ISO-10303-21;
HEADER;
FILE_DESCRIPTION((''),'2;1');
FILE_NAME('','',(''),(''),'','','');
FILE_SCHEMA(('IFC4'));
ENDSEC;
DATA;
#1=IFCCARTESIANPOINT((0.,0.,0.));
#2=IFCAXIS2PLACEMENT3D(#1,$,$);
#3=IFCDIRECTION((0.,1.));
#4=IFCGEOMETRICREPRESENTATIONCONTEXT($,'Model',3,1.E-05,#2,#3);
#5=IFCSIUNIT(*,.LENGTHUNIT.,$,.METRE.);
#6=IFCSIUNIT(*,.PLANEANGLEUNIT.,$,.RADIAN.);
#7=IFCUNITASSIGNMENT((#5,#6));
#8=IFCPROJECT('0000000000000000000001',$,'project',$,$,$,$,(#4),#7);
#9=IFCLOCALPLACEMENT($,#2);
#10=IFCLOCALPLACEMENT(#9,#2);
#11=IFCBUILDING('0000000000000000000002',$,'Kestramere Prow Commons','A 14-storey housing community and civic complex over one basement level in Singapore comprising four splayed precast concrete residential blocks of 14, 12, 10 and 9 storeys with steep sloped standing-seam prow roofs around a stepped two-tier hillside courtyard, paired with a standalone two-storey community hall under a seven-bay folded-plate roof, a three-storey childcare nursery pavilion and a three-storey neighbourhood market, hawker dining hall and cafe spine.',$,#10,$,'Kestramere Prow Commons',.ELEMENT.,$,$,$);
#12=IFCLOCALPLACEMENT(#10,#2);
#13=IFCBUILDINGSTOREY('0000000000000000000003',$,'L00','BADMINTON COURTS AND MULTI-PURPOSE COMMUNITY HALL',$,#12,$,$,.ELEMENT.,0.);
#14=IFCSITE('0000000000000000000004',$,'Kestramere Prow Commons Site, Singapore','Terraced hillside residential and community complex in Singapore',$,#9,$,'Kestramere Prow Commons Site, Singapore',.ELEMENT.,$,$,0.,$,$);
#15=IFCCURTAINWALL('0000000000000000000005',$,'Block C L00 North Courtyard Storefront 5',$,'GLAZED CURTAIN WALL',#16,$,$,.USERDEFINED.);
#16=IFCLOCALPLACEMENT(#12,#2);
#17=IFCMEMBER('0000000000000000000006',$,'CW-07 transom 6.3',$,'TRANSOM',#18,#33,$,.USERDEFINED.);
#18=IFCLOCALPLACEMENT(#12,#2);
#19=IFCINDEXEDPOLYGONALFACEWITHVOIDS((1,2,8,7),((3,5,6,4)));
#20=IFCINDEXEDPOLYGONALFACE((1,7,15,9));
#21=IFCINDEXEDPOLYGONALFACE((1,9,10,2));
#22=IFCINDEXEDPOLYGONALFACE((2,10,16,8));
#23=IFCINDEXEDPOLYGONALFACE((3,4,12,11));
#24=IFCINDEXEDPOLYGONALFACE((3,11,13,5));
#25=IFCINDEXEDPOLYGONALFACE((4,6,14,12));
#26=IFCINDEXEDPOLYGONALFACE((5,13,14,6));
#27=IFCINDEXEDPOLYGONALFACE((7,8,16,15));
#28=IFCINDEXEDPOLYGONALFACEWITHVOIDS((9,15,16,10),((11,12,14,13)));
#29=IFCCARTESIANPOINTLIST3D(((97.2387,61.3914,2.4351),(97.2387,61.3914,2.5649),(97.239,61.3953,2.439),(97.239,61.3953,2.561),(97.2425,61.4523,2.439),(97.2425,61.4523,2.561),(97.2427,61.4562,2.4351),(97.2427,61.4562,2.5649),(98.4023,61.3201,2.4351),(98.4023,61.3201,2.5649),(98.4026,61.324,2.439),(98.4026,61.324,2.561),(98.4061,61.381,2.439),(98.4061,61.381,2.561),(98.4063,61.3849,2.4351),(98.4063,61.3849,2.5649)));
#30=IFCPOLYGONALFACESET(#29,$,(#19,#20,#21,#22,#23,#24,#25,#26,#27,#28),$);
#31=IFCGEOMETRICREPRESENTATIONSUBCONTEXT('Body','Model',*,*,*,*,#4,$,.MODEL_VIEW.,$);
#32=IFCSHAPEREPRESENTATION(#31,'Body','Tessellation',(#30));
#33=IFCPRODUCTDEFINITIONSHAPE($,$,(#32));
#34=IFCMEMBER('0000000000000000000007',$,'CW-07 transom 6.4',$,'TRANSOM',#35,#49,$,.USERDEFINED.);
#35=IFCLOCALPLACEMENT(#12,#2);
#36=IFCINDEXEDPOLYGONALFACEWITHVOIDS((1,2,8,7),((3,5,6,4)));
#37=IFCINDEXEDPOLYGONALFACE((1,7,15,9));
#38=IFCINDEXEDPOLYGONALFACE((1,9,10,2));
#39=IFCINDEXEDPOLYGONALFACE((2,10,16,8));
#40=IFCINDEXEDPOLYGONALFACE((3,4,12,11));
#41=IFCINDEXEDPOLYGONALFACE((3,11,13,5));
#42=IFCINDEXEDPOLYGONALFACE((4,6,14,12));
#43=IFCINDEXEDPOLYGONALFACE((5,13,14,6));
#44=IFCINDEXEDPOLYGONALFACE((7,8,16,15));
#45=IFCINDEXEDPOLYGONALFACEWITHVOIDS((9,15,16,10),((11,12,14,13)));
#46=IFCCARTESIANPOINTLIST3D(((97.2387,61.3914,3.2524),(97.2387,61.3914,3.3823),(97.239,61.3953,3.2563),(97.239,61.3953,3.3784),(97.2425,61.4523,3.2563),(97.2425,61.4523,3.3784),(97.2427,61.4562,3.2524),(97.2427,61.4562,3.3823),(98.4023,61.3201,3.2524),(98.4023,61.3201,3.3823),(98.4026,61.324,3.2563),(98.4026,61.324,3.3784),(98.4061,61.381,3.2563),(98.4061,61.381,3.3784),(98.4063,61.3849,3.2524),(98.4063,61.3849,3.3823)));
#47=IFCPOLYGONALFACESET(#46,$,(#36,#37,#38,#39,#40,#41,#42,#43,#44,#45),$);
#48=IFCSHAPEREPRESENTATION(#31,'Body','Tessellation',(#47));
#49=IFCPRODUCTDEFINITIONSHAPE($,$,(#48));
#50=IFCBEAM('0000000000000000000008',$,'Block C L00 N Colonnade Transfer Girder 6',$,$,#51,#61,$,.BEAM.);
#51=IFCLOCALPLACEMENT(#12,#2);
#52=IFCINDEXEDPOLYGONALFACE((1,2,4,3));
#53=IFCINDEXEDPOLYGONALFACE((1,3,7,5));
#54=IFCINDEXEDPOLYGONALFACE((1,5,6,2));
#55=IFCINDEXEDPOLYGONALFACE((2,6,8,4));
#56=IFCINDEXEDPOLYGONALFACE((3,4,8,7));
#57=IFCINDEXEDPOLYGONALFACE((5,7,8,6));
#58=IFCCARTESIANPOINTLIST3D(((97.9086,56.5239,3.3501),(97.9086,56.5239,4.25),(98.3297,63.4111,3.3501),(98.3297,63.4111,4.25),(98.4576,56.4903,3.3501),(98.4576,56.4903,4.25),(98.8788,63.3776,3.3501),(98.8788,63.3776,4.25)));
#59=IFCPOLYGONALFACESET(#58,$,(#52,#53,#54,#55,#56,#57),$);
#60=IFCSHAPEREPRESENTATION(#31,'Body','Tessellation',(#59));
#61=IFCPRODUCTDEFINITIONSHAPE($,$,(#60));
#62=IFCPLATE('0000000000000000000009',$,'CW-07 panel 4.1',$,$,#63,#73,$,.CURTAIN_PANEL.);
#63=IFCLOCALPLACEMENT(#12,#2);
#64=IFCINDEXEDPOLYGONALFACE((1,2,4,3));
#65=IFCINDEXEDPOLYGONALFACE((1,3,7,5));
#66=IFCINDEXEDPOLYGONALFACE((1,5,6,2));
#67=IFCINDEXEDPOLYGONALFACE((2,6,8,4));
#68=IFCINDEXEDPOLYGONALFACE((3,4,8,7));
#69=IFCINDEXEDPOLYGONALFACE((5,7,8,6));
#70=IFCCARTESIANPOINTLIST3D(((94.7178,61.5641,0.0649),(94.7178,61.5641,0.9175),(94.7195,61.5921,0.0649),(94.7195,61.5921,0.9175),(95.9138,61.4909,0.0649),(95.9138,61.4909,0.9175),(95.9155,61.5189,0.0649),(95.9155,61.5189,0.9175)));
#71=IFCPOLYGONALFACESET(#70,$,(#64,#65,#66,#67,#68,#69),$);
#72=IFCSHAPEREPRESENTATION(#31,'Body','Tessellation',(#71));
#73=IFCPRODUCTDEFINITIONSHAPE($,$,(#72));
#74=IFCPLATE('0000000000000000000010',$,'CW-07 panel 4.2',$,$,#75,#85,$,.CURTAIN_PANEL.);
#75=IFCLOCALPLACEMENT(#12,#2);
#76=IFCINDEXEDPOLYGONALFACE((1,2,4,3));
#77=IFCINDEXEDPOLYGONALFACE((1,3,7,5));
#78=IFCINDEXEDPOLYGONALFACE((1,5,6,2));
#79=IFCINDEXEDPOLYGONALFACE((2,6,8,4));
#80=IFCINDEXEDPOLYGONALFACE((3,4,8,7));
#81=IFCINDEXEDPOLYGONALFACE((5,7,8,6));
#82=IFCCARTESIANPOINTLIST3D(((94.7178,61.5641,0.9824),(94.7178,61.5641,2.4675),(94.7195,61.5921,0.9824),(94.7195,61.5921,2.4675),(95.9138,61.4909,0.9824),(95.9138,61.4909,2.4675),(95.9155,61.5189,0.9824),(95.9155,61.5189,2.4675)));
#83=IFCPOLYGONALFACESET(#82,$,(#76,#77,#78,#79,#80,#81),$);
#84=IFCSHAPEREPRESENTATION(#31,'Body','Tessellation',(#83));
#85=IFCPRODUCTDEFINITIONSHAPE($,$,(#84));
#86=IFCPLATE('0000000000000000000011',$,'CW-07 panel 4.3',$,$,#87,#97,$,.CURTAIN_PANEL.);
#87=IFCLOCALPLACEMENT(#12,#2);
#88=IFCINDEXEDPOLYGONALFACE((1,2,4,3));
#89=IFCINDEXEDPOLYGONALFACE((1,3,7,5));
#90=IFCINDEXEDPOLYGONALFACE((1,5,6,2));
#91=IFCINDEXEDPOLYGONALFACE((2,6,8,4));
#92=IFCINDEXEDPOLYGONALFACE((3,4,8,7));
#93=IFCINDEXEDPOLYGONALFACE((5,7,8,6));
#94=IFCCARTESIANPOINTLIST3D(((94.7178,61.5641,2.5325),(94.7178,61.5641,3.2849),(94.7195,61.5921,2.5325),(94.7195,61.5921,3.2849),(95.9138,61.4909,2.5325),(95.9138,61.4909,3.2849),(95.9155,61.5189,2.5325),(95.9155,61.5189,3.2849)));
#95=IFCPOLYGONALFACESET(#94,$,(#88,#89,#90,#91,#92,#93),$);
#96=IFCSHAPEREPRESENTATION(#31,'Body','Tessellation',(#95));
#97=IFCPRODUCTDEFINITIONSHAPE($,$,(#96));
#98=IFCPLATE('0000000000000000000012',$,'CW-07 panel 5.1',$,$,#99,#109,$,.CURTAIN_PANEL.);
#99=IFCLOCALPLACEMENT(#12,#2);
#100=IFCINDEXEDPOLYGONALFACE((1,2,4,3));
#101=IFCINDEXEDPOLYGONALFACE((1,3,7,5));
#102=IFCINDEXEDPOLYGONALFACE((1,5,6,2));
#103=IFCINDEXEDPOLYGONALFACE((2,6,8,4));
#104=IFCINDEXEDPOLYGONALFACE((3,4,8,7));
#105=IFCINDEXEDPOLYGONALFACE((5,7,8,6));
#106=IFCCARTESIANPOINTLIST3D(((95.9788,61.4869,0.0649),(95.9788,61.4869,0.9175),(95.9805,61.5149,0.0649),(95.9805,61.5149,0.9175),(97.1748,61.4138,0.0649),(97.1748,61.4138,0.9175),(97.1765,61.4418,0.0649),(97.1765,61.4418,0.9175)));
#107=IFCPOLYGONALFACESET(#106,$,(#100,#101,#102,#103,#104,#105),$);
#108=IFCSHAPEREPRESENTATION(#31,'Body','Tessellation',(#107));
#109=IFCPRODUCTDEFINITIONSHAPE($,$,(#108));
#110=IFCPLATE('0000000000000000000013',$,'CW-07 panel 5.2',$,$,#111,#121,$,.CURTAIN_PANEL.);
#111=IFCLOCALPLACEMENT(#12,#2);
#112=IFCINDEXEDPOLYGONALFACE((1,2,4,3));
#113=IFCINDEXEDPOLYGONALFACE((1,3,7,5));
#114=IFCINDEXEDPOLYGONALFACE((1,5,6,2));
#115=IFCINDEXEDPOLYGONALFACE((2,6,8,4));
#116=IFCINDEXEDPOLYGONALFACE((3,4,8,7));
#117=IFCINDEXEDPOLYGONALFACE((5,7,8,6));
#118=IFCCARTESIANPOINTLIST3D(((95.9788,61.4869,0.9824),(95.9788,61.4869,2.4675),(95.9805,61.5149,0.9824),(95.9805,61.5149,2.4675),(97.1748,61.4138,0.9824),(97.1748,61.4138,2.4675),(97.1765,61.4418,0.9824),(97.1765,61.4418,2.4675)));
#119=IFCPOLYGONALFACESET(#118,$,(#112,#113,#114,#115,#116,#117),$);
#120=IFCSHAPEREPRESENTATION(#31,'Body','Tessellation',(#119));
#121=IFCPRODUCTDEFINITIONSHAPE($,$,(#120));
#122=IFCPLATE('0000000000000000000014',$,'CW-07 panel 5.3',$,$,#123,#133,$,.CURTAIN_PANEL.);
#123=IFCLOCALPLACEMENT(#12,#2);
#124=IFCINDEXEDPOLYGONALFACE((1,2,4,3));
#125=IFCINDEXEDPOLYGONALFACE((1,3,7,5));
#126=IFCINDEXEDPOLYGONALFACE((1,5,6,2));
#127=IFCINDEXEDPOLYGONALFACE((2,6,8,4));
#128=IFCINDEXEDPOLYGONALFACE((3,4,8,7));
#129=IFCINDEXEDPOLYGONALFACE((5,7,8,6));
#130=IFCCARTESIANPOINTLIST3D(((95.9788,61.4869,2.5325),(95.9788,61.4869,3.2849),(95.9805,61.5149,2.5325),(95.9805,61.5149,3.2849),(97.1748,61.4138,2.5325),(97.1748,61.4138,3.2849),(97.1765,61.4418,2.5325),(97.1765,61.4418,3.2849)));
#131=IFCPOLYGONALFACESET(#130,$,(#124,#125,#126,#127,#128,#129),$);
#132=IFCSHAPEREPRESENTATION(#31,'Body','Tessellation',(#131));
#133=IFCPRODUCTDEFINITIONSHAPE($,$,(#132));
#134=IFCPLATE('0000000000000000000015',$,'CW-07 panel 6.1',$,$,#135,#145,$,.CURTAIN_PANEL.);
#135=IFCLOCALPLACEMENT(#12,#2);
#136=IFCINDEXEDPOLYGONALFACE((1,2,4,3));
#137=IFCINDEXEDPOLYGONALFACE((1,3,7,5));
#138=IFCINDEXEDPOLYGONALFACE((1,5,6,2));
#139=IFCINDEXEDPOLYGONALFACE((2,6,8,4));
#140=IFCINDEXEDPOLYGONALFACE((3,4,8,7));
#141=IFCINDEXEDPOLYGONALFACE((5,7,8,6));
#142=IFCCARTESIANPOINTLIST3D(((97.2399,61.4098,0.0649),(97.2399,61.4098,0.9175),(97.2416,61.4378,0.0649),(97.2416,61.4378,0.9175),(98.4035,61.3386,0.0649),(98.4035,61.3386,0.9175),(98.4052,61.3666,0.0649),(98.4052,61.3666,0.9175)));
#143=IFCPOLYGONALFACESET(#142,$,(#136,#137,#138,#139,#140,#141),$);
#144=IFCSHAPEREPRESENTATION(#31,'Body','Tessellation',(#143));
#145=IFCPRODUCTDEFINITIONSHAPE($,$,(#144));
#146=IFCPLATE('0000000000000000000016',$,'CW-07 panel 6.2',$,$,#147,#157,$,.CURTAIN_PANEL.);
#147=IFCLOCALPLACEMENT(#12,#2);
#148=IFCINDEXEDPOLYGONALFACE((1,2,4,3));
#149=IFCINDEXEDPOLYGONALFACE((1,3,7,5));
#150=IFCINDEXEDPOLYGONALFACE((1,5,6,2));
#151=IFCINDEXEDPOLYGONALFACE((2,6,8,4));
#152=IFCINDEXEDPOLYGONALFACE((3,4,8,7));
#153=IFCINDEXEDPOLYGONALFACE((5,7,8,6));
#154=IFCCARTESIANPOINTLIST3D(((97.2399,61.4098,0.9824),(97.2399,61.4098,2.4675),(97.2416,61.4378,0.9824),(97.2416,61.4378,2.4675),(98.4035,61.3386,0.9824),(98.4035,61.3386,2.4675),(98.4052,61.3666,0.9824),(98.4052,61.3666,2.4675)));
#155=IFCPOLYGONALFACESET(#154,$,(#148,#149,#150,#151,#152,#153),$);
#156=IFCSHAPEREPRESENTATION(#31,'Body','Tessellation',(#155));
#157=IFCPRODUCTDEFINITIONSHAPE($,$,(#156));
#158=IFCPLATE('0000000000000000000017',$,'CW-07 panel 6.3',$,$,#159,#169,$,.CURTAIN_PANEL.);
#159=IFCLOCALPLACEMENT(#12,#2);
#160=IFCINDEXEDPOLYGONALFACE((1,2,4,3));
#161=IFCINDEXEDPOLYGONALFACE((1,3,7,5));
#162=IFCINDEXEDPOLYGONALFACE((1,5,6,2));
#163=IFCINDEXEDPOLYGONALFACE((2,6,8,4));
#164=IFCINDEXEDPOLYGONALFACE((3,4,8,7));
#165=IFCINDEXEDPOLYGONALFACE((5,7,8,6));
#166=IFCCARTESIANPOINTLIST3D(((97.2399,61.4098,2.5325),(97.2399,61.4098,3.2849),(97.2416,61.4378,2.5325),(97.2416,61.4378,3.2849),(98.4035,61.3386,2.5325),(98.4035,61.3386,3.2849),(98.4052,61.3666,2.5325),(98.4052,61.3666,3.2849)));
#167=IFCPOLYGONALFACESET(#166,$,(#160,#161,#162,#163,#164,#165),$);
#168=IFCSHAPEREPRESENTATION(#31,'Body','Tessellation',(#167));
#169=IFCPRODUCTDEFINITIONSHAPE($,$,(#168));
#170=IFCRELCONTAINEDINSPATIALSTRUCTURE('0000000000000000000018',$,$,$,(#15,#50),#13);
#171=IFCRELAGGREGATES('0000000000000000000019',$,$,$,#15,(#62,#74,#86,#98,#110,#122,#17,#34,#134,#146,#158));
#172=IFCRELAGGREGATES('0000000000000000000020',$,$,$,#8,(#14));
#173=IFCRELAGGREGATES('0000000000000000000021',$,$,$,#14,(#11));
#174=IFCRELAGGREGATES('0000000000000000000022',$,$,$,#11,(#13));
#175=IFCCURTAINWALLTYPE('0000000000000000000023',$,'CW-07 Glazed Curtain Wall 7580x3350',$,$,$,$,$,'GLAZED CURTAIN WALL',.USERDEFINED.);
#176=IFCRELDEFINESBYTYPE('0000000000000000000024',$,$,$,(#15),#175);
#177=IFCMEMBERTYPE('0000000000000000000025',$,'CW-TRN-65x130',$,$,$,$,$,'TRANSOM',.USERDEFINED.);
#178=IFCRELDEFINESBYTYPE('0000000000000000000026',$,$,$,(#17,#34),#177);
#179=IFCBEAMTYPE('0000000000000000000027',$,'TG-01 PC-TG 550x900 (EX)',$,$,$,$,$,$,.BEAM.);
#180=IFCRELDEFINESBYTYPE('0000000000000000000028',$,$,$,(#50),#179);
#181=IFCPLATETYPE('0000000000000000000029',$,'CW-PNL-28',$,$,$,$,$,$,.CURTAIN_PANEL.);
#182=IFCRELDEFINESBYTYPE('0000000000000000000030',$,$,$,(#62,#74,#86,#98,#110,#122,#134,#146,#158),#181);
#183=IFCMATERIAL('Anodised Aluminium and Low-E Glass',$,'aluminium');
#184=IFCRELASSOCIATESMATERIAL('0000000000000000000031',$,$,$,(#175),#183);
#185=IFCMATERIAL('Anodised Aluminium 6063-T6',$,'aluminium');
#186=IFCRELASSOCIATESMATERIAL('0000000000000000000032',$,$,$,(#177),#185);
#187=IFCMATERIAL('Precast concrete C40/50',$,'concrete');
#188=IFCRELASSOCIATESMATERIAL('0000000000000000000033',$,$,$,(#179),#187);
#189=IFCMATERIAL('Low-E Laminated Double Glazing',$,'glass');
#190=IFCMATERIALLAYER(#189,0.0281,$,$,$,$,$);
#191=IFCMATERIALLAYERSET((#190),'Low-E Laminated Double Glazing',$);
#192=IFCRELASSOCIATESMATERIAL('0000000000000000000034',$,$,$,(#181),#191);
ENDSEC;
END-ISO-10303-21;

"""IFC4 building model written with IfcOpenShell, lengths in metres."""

from ifc_helpers import new_model, si_unit, direction, frame, origin, origin_2d, place, context, subcontext, project, spatial, rectangle, hollow_rectangle, extrude, material, layer, layer_set, material_profile, profile_set, type_object, element, aggregate, save


model = new_model("IFC4")

# Units and contexts
model_context = context("Model", 3, precision=1e-05, world=origin(), true_north=direction((0.0, 1.0)))
body_context = subcontext(model_context, "Body", "Model", "MODEL_VIEW")
ifc_project = project(units=[si_unit("LENGTHUNIT", "METRE"), si_unit("PLANEANGLEUNIT", "RADIAN")], contexts=[model_context])

# Site, building, storey
site_placement = place(None, origin())
site = spatial("IfcSite", under=ifc_project, at=site_placement, Name="Kestramere Prow Commons Site, Singapore", Description="Terraced hillside residential and community complex in Singapore", LongName="Kestramere Prow Commons Site, Singapore", CompositionType="ELEMENT", RefElevation=0.0)
building_placement = place(site_placement, origin())
building = spatial("IfcBuilding", under=site, at=building_placement, Name="Kestramere Prow Commons", Description="A 14-storey housing community and civic complex over one basement level in Singapore comprising four splayed precast concrete residential blocks of 14, 12, 10 and 9 storeys with steep sloped standing-seam prow roofs around a stepped two-tier hillside courtyard, paired with a standalone two-storey community hall under a seven-bay folded-plate roof, a three-storey childcare nursery pavilion and a three-storey neighbourhood market, hawker dining hall and cafe spine.", LongName="Kestramere Prow Commons", CompositionType="ELEMENT")
storey_placement = place(building_placement, origin())
storey = spatial("IfcBuildingStorey", under=building, at=storey_placement, Name="L00", Description="BADMINTON COURTS AND MULTI-PURPOSE COMMUNITY HALL", CompositionType="ELEMENT", Elevation=0.0)

# Shared definitions
ifc_material_1 = material(Name="Precast concrete C40/50", Category="concrete")

# Curtain wall, members
ifc_material_2 = material(Name="Anodised Aluminium and Low-E Glass", Category="aluminium")
curtain_wall_type = type_object("IfcCurtainWallType", Name="CW-07 Glazed Curtain Wall 7580x3350", ElementType="GLAZED CURTAIN WALL", PredefinedType="USERDEFINED", material=ifc_material_2)
curtain_wall_placement = place(storey_placement, origin())
curtain_wall = element("IfcCurtainWall", 1, at=curtain_wall_placement, inside=storey, type_object=curtain_wall_type, Name="Block C L00 North Courtyard Storefront 5", ObjectType="GLAZED CURTAIN WALL", PredefinedType="USERDEFINED")
ifc_material_3 = material(Name="Anodised Aluminium 6063-T6", Category="aluminium")
ifc_material_profile_1 = material_profile(ifc_material_3, hollow_rectangle(XDim=0.0649, YDim=0.1299, WallThickness=0.0039, at=origin_2d()), Name="ALU-TRN 65x130")
ifc_profile_set_1 = profile_set([ifc_material_profile_1], Name="Anodised Aluminium 6063-T6")
member_type_1 = type_object("IfcMemberType", Name="CW-TRN-65x130", ElementType="TRANSOM", PredefinedType="USERDEFINED", material=ifc_profile_set_1)
member_1_placement = place(storey_placement, frame((97.2407, 61.4238, 2.5), z_axis=(0.998128, -0.061153, 0.0), x_axis=(0.061153, 0.998128, 0.0)))
member_1 = element("IfcMember", 2, at=member_1_placement, type_object=member_type_1, Name="CW-07 transom 6.3", ObjectType="TRANSOM", PredefinedType="USERDEFINED", context=body_context, shape_type="SweptSolid", body=[
    extrude(hollow_rectangle(XDim=0.0649, YDim=0.1299, WallThickness=0.0039, at=origin_2d()), origin(), (0.0, 0.0, 1.0), 1.1658),
])
member_2_placement = place(storey_placement, frame((97.2407, 61.4238, 3.3174), z_axis=(0.998128, -0.061153, 0.0), x_axis=(0.061153, 0.998128, 0.0)))
member_2 = element("IfcMember", 3, at=member_2_placement, type_object=member_type_1, Name="CW-07 transom 6.4", ObjectType="TRANSOM", PredefinedType="USERDEFINED", context=body_context, shape_type="SweptSolid", body=[
    extrude(hollow_rectangle(XDim=0.0649, YDim=0.1299, WallThickness=0.0039, at=origin_2d()), origin(), (0.0, 0.0, 1.0), 1.1658),
])

# Beam
ifc_material_profile_2 = material_profile(ifc_material_1, rectangle(XDim=0.55, YDim=0.8999, at=origin_2d()), Name="PC-TG 550x900")
ifc_profile_set_2 = profile_set([ifc_material_profile_2], Name="Precast concrete C40/50")
beam_type_1 = type_object("IfcBeamType", Name="TG-01 PC-TG 550x900 (EX)", PredefinedType="BEAM", material=ifc_profile_set_2)
beam_1_placement = place(storey_placement, frame((98.1831, 56.5071, 3.8), z_axis=(0.061035, 0.998136, 0.0), x_axis=(-0.998136, 0.061035, 0.0)))
element("IfcBeam", 4, at=beam_1_placement, inside=storey, type_object=beam_type_1, Name="Block C L00 N Colonnade Transfer Girder 6", PredefinedType="BEAM", context=body_context, shape_type="SweptSolid", body=[
    extrude(rectangle(XDim=0.55, YDim=0.8999, at=origin_2d()), origin(), (0.0, 0.0, 1.0), 6.9001),
])

# Plates
ifc_material_4 = material(Name="Low-E Laminated Double Glazing", Category="glass")
ifc_layer = layer(ifc_material_4, 0.0281)
ifc_layer_set = layer_set([ifc_layer], Name="Low-E Laminated Double Glazing")
plate_type = type_object("IfcPlateType", Name="CW-PNL-28", PredefinedType="CURTAIN_PANEL", material=ifc_layer_set)
plate_1_placement = place(storey_placement, frame((95.3167, 61.5415, 0.0649), z_axis=(0.0, 0.0, 1.0), x_axis=(0.998135, -0.061048, 0.0)))
plate_1 = element("IfcPlate", 5, at=plate_1_placement, type_object=plate_type, Name="CW-07 panel 4.1", PredefinedType="CURTAIN_PANEL", context=body_context, shape_type="SweptSolid", body=[
    extrude(rectangle(XDim=1.1982, YDim=0.0281, at=origin_2d()), origin(), (0.0, 0.0, 1.0), 0.8525),
])
plate_2_placement = place(storey_placement, frame((95.3167, 61.5415, 0.9824), z_axis=(0.0, 0.0, 1.0), x_axis=(0.998135, -0.061048, 0.0)))
plate_2 = element("IfcPlate", 6, at=plate_2_placement, type_object=plate_type, Name="CW-07 panel 4.2", PredefinedType="CURTAIN_PANEL", context=body_context, shape_type="SweptSolid", body=[
    extrude(rectangle(XDim=1.1982, YDim=0.0281, at=origin_2d()), origin(), (0.0, 0.0, 1.0), 1.4851),
])
plate_3_placement = place(storey_placement, frame((95.3167, 61.5415, 2.5325), z_axis=(0.0, 0.0, 1.0), x_axis=(0.998135, -0.061048, 0.0)))
plate_3 = element("IfcPlate", 7, at=plate_3_placement, type_object=plate_type, Name="CW-07 panel 4.3", PredefinedType="CURTAIN_PANEL", context=body_context, shape_type="SweptSolid", body=[
    extrude(rectangle(XDim=1.1982, YDim=0.0281, at=origin_2d()), origin(), (0.0, 0.0, 1.0), 0.7524),
])
plate_4_placement = place(storey_placement, frame((96.5776, 61.4644, 0.0649), z_axis=(0.0, 0.0, 1.0), x_axis=(0.998135, -0.061048, 0.0)))
plate_4 = element("IfcPlate", 8, at=plate_4_placement, type_object=plate_type, Name="CW-07 panel 5.1", PredefinedType="CURTAIN_PANEL", context=body_context, shape_type="SweptSolid", body=[
    extrude(rectangle(XDim=1.1982, YDim=0.0281, at=origin_2d()), origin(), (0.0, 0.0, 1.0), 0.8525),
])
plate_5_placement = place(storey_placement, frame((96.5776, 61.4644, 0.9824), z_axis=(0.0, 0.0, 1.0), x_axis=(0.998135, -0.061048, 0.0)))
plate_5 = element("IfcPlate", 9, at=plate_5_placement, type_object=plate_type, Name="CW-07 panel 5.2", PredefinedType="CURTAIN_PANEL", context=body_context, shape_type="SweptSolid", body=[
    extrude(rectangle(XDim=1.1982, YDim=0.0281, at=origin_2d()), origin(), (0.0, 0.0, 1.0), 1.4851),
])
plate_6_placement = place(storey_placement, frame((96.5776, 61.4644, 2.5325), z_axis=(0.0, 0.0, 1.0), x_axis=(0.998135, -0.061048, 0.0)))
plate_6 = element("IfcPlate", 10, at=plate_6_placement, type_object=plate_type, Name="CW-07 panel 5.3", PredefinedType="CURTAIN_PANEL", context=body_context, shape_type="SweptSolid", body=[
    extrude(rectangle(XDim=1.1982, YDim=0.0281, at=origin_2d()), origin(), (0.0, 0.0, 1.0), 0.7524),
])
plate_7_placement = place(storey_placement, frame((97.8225, 61.3882, 0.0649), z_axis=(0.0, 0.0, 1.0), x_axis=(0.998135, -0.061048, 0.0)))
plate_7 = element("IfcPlate", 11, at=plate_7_placement, type_object=plate_type, Name="CW-07 panel 6.1", PredefinedType="CURTAIN_PANEL", context=body_context, shape_type="SweptSolid", body=[
    extrude(rectangle(XDim=1.1658, YDim=0.0281, at=origin_2d()), origin(), (0.0, 0.0, 1.0), 0.8525),
])
plate_8_placement = place(storey_placement, frame((97.8225, 61.3882, 0.9824), z_axis=(0.0, 0.0, 1.0), x_axis=(0.998135, -0.061048, 0.0)))
plate_8 = element("IfcPlate", 12, at=plate_8_placement, type_object=plate_type, Name="CW-07 panel 6.2", PredefinedType="CURTAIN_PANEL", context=body_context, shape_type="SweptSolid", body=[
    extrude(rectangle(XDim=1.1658, YDim=0.0281, at=origin_2d()), origin(), (0.0, 0.0, 1.0), 1.4851),
])
plate_9_placement = place(storey_placement, frame((97.8225, 61.3882, 2.5325), z_axis=(0.0, 0.0, 1.0), x_axis=(0.998135, -0.061048, 0.0)))
plate_9 = element("IfcPlate", 13, at=plate_9_placement, type_object=plate_type, Name="CW-07 panel 6.3", PredefinedType="CURTAIN_PANEL", context=body_context, shape_type="SweptSolid", body=[
    extrude(rectangle(XDim=1.1658, YDim=0.0281, at=origin_2d()), origin(), (0.0, 0.0, 1.0), 0.7524),
])
aggregate(curtain_wall, [plate_1, plate_2, plate_3, plate_4, plate_5, plate_6, member_1, member_2, plate_7, plate_8, plate_9])

save(model, "model.ifc")
